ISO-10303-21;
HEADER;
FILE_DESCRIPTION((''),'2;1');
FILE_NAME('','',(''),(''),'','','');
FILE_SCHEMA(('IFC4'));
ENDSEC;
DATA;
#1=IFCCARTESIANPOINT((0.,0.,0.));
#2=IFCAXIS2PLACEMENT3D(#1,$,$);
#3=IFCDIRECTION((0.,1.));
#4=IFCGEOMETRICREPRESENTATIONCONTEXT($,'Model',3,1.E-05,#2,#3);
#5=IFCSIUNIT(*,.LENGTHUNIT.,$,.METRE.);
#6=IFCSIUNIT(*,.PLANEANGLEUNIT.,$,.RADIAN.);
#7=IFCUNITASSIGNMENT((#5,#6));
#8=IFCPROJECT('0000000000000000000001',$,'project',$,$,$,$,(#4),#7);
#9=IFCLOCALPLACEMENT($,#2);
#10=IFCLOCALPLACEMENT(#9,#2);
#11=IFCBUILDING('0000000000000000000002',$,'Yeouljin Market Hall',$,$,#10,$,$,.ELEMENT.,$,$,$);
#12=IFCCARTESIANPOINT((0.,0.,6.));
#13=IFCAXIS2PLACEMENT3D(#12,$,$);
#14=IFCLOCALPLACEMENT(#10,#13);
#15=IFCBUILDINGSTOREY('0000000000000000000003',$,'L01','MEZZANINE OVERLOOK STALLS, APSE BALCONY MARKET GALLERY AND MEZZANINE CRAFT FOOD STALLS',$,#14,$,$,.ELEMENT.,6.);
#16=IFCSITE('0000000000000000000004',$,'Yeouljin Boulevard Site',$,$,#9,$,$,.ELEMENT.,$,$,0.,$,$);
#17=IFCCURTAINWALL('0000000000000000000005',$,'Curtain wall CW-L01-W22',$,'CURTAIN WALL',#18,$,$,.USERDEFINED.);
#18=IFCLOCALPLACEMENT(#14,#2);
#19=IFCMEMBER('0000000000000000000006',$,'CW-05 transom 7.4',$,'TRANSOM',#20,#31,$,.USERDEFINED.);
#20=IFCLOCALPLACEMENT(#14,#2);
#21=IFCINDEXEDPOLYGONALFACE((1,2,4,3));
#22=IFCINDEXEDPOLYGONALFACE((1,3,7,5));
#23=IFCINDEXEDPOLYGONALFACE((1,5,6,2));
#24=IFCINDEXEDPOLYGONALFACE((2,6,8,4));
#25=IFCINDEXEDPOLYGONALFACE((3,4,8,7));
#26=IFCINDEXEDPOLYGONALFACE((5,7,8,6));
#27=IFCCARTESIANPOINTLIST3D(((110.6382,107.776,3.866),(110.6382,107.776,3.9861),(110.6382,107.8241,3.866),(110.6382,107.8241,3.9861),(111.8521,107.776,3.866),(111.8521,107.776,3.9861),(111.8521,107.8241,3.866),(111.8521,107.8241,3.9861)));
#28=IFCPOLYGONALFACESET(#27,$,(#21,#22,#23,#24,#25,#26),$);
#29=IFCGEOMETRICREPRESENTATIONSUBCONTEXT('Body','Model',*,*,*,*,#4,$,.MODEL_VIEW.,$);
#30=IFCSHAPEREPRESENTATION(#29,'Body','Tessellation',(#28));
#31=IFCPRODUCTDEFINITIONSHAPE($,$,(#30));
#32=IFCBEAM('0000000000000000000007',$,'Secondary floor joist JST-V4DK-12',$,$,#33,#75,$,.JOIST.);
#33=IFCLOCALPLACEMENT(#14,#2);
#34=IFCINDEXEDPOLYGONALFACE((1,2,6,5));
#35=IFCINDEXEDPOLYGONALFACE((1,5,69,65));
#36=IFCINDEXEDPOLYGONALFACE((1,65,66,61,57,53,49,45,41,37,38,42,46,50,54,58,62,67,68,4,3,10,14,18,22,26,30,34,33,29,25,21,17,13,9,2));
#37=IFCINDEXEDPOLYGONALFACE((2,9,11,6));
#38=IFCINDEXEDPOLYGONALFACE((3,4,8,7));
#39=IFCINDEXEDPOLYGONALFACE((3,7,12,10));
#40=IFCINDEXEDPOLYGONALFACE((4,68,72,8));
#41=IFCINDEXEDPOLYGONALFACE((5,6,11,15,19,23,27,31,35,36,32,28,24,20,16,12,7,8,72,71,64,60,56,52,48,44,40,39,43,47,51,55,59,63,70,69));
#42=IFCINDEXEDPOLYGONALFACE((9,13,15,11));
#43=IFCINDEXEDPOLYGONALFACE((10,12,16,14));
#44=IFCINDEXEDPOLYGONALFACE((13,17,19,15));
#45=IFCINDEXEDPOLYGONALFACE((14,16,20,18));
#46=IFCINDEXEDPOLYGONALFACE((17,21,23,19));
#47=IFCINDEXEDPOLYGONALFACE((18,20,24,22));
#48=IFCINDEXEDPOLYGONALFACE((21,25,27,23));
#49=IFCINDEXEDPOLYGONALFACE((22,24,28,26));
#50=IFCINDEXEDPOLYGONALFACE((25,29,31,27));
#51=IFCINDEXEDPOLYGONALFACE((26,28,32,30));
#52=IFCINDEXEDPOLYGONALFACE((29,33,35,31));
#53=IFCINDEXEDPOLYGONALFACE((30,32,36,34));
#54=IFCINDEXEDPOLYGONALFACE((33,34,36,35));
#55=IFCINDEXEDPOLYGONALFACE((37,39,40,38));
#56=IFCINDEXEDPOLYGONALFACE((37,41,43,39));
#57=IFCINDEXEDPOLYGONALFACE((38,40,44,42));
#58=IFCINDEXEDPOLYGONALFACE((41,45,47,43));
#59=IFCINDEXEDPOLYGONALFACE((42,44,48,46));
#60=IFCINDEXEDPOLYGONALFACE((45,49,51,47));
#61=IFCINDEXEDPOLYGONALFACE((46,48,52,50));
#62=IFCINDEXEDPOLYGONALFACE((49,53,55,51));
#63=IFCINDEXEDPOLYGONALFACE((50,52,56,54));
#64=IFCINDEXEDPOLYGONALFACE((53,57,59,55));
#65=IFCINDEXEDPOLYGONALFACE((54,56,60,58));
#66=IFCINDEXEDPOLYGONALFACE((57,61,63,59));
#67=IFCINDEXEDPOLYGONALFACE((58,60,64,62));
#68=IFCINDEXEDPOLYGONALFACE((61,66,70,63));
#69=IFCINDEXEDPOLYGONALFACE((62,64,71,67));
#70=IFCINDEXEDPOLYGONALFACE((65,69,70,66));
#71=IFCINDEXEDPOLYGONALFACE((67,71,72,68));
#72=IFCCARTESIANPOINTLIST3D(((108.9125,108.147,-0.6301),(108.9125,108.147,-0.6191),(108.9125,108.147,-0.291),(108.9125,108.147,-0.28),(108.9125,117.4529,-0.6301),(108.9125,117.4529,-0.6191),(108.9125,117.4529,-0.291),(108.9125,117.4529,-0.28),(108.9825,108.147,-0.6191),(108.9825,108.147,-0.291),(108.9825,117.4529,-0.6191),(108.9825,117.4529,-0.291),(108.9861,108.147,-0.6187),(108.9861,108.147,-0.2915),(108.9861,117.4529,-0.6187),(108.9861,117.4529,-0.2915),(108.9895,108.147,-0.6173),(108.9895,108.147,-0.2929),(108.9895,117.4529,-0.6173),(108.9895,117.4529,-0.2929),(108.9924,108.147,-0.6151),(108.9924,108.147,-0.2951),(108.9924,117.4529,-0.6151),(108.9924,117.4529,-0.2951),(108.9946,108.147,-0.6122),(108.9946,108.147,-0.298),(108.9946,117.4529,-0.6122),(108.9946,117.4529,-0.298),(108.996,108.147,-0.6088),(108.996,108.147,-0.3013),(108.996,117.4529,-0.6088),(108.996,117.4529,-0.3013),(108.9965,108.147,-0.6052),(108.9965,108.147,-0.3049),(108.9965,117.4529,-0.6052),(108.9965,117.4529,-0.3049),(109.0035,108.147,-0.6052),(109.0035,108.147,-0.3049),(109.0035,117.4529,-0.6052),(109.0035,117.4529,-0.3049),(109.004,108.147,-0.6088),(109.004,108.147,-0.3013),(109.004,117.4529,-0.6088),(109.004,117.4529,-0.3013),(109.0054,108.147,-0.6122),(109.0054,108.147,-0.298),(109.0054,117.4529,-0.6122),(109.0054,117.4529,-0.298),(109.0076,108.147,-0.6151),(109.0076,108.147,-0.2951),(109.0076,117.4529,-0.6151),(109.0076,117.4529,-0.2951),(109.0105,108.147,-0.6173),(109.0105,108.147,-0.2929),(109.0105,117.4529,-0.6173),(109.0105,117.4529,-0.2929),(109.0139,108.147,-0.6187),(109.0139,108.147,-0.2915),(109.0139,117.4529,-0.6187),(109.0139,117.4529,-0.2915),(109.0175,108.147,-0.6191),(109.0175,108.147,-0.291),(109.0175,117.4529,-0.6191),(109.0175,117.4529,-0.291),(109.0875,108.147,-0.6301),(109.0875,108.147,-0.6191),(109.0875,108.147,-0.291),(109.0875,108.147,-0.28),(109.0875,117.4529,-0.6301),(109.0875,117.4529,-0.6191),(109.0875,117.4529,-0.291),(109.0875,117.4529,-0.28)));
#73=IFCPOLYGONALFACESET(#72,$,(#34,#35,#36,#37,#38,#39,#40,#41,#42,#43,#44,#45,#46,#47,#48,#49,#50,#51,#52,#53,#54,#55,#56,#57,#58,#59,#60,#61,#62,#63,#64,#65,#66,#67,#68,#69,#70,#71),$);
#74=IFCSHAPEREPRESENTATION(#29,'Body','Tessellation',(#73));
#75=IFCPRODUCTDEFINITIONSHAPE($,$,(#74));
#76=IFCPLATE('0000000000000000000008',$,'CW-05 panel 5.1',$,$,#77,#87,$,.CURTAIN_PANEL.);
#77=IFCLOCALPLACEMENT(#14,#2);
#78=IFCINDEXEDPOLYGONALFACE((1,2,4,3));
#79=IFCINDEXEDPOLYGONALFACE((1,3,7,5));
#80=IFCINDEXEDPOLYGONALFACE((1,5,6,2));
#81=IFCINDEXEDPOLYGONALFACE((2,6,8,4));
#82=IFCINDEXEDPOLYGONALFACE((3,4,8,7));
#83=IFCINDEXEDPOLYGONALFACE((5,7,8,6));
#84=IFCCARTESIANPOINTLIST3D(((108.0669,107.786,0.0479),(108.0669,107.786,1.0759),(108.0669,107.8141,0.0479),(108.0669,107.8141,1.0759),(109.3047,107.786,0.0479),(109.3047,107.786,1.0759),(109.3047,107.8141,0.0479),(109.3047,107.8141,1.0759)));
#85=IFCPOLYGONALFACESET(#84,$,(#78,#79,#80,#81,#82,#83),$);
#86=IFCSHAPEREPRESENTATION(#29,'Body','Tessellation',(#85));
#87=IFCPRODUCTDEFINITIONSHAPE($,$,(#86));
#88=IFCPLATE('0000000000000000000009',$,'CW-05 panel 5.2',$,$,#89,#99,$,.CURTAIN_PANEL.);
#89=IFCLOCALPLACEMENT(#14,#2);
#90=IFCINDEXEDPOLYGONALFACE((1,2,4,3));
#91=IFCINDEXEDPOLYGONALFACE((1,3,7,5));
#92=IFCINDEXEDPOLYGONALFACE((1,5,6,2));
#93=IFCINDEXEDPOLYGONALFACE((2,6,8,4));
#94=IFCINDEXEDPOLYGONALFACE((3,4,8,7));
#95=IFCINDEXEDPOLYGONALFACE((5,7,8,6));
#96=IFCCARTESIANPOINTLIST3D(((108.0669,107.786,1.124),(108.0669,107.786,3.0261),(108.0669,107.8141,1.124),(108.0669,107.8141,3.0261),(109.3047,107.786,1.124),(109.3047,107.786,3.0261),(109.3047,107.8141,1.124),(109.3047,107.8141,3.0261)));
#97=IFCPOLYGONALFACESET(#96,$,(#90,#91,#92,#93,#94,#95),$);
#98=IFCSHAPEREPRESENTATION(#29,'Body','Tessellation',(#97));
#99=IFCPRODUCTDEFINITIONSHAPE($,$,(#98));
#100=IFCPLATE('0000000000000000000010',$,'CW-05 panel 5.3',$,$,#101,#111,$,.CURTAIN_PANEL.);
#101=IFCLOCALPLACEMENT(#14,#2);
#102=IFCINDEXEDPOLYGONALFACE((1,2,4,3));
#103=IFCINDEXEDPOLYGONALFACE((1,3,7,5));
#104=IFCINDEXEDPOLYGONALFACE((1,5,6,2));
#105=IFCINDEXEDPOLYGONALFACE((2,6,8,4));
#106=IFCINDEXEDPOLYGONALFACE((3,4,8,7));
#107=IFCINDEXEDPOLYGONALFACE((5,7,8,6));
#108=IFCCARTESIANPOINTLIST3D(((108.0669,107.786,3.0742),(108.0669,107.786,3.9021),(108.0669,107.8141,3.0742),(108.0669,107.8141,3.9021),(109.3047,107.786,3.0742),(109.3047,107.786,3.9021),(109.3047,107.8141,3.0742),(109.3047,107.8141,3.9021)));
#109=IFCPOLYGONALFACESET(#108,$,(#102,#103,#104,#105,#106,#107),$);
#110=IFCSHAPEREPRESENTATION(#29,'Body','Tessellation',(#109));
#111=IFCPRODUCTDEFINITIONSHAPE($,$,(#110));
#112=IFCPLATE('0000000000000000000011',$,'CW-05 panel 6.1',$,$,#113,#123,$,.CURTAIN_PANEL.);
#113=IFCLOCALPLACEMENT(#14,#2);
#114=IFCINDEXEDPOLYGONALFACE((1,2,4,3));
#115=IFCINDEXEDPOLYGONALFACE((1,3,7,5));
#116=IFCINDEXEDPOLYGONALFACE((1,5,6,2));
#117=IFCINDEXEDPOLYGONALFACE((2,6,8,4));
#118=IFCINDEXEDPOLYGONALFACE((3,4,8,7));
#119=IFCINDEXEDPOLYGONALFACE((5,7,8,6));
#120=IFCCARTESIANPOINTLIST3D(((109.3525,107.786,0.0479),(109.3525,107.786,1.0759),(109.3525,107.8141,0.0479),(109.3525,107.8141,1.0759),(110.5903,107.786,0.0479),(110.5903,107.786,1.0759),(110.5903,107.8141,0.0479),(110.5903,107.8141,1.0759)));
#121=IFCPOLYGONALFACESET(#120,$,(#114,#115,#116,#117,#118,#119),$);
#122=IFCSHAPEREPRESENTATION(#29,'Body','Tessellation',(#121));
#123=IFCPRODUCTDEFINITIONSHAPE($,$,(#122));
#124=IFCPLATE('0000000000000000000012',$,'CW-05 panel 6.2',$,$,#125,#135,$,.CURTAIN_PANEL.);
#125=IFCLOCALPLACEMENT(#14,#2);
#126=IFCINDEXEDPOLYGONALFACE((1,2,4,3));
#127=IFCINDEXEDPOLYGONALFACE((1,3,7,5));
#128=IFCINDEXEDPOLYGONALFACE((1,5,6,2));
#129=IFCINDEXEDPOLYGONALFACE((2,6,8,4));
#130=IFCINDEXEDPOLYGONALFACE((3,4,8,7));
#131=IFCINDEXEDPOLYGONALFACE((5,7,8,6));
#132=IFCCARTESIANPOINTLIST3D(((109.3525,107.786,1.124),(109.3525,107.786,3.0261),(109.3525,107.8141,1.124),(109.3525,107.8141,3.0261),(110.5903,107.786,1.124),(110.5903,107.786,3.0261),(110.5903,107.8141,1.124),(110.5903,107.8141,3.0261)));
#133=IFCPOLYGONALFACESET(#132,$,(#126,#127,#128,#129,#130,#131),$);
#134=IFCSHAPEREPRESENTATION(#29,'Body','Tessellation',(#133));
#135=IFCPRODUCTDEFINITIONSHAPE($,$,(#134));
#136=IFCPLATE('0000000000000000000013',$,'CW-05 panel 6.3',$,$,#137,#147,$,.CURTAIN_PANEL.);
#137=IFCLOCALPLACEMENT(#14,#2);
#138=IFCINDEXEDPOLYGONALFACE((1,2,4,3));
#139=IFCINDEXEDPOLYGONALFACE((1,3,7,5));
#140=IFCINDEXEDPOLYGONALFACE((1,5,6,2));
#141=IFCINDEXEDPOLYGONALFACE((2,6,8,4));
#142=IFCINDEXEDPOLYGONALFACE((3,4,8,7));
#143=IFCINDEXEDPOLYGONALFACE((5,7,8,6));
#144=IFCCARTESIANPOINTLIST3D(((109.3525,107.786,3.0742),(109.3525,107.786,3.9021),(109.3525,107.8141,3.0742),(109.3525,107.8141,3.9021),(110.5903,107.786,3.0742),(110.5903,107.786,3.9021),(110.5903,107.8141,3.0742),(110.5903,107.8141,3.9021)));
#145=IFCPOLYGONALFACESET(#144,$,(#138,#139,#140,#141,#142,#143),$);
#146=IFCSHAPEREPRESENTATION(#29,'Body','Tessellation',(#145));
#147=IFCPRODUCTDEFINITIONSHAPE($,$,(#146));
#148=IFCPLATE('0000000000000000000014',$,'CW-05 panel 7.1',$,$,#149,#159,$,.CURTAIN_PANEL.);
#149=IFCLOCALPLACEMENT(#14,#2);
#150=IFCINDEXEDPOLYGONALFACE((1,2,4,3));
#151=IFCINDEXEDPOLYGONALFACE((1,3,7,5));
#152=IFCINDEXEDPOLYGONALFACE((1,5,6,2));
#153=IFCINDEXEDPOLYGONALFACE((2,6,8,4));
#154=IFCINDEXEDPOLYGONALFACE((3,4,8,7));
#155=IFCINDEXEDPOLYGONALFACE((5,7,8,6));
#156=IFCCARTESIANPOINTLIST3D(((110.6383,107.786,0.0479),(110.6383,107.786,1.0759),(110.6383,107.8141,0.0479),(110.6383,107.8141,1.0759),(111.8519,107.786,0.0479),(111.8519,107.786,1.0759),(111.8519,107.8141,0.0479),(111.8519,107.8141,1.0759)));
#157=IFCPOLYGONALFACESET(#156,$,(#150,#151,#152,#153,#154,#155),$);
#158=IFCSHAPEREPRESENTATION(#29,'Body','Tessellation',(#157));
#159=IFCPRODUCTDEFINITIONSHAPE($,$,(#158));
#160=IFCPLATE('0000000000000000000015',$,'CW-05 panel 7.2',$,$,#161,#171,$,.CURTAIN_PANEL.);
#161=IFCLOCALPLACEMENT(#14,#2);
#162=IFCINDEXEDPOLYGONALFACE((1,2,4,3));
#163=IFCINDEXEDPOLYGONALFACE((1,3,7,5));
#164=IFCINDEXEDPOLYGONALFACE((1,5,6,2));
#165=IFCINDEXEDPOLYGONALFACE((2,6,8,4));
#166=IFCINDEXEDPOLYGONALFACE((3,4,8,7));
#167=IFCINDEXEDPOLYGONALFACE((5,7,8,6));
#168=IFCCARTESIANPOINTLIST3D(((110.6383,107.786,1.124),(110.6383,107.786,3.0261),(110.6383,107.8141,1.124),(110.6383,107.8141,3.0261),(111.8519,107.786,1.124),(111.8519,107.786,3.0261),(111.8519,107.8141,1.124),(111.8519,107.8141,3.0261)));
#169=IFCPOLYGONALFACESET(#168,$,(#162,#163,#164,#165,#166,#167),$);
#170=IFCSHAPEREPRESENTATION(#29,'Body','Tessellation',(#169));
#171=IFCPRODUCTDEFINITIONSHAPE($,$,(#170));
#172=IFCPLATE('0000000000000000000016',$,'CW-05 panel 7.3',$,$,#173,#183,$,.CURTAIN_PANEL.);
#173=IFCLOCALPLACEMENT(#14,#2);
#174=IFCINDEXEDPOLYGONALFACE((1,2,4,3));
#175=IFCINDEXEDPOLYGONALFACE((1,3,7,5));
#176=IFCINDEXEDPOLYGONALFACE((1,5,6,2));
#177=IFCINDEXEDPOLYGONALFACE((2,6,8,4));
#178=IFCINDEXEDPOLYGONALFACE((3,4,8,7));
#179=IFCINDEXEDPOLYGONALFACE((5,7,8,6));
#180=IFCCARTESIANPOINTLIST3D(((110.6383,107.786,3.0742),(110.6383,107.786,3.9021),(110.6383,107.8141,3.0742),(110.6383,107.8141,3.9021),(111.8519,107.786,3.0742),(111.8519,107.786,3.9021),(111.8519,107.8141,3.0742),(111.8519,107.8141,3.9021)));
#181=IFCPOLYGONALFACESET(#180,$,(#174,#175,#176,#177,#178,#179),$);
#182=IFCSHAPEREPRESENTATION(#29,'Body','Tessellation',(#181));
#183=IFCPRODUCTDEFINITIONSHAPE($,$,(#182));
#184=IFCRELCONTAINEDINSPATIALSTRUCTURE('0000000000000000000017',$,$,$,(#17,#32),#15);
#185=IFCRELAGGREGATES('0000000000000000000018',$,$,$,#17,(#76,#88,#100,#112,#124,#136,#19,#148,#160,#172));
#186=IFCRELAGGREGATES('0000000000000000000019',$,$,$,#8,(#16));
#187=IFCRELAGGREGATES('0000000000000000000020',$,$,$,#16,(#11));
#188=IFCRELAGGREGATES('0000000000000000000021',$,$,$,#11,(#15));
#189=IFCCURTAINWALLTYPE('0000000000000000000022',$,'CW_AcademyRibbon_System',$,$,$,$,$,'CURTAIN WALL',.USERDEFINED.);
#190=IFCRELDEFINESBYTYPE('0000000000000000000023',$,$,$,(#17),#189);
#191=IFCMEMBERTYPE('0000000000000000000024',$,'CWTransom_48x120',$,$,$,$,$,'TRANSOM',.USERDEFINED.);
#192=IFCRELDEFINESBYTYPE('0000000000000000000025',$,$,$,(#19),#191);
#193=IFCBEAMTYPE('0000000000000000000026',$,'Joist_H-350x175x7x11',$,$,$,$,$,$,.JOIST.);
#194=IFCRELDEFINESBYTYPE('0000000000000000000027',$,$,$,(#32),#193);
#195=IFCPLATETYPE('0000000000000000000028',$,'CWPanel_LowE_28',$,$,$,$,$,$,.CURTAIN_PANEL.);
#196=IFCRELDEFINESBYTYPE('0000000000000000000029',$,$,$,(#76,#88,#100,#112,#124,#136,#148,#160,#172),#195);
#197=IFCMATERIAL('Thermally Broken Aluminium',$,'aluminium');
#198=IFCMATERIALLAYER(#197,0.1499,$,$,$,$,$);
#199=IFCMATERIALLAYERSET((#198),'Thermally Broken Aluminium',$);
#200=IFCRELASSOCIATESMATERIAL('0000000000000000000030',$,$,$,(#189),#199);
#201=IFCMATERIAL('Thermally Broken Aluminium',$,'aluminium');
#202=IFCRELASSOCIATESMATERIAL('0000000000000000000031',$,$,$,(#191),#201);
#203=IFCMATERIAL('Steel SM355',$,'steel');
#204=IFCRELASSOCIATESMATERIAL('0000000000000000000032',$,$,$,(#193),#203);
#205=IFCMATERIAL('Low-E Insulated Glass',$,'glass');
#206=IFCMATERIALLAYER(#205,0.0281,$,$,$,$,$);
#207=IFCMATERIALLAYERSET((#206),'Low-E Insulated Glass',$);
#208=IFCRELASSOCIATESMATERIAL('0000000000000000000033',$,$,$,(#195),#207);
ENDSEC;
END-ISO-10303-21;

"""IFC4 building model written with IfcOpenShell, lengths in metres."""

from ifc_helpers import new_model, si_unit, direction, frame, origin, origin_2d, place, context, subcontext, project, spatial, rectangle, i_section, extrude, material, layer, layer_set, material_profile, profile_set, type_object, element, aggregate, save


model = new_model("IFC4")

# Units and contexts
model_context = context("Model", 3, precision=1e-05, world=origin(), true_north=direction((0.0, 1.0)))
body_context = subcontext(model_context, "Body", "Model", "MODEL_VIEW")
ifc_project = project(units=[si_unit("LENGTHUNIT", "METRE"), si_unit("PLANEANGLEUNIT", "RADIAN")], contexts=[model_context])

# Site, building, storey
site_placement = place(None, origin())
site = spatial("IfcSite", under=ifc_project, at=site_placement, Name="Yeouljin Boulevard Site", CompositionType="ELEMENT", RefElevation=0.0)
building_placement = place(site_placement, origin())
building = spatial("IfcBuilding", under=site, at=building_placement, Name="Yeouljin Market Hall", CompositionType="ELEMENT")
storey_placement = place(building_placement, frame((0.0, 0.0, 6.0)))
storey = spatial("IfcBuildingStorey", under=building, at=storey_placement, Name="L01", Description="MEZZANINE OVERLOOK STALLS, APSE BALCONY MARKET GALLERY AND MEZZANINE CRAFT FOOD STALLS", CompositionType="ELEMENT", Elevation=6.0)

# Curtain wall, member
ifc_material_1 = material(Name="Thermally Broken Aluminium", Category="aluminium")
ifc_layer_1 = layer(ifc_material_1, 0.1499)
ifc_layer_set_1 = layer_set([ifc_layer_1], Name="Thermally Broken Aluminium")
curtain_wall_type = type_object("IfcCurtainWallType", Name="CW_AcademyRibbon_System", ElementType="CURTAIN WALL", PredefinedType="USERDEFINED", material=ifc_layer_set_1)
curtain_wall_placement = place(storey_placement, origin())
curtain_wall = element("IfcCurtainWall", 1, at=curtain_wall_placement, inside=storey, type_object=curtain_wall_type, Name="Curtain wall CW-L01-W22", ObjectType="CURTAIN WALL", PredefinedType="USERDEFINED")
ifc_material_2 = material(Name="Thermally Broken Aluminium", Category="aluminium")
ifc_material_profile_1 = material_profile(ifc_material_2, rectangle(XDim=0.0481, YDim=0.1201, at=origin_2d()), Name="CW-TRAN-48x120")
ifc_profile_set_1 = profile_set([ifc_material_profile_1], Name="Thermally Broken Aluminium")
member_type_1 = type_object("IfcMemberType", Name="CWTransom_48x120", ElementType="TRANSOM", PredefinedType="USERDEFINED", material=ifc_profile_set_1)
member_1_placement = place(storey_placement, frame((110.6382, 107.8, 3.926), z_axis=(1.0, 0.0, 0.0), x_axis=(0.0, 1.0, 0.0)))
member_1 = element("IfcMember", 2, at=member_1_placement, type_object=member_type_1, Name="CW-05 transom 7.4", ObjectType="TRANSOM", PredefinedType="USERDEFINED", context=body_context, shape_type="SweptSolid", body=[
    extrude(rectangle(XDim=0.0481, YDim=0.1201, at=origin_2d()), origin(), (0.0, 0.0, 1.0), 1.2139),
])

# Beam
ifc_material_3 = material(Name="Steel SM355", Category="steel")
ifc_material_profile_2 = material_profile(ifc_material_3, i_section(OverallWidth=0.175, OverallDepth=0.3501, WebThickness=0.0071, FlangeThickness=0.011, FilletRadius=0.0139, at=origin_2d()), Name="H-350x175x7x11")
ifc_profile_set_2 = profile_set([ifc_material_profile_2], Name="Steel SM355")
beam_type = type_object("IfcBeamType", Name="Joist_H-350x175x7x11", PredefinedType="JOIST", material=ifc_profile_set_2)
beam_placement = place(storey_placement, frame((109.0, 108.147, -0.4551), z_axis=(0.0, 1.0, 0.0), x_axis=(-1.0, 0.0, 0.0)))
element("IfcBeam", 3, at=beam_placement, inside=storey, type_object=beam_type, Name="Secondary floor joist JST-V4DK-12", PredefinedType="JOIST", context=body_context, shape_type="SweptSolid", body=[
    extrude(i_section(OverallWidth=0.175, OverallDepth=0.3501, WebThickness=0.0071, FlangeThickness=0.011, FilletRadius=0.0139, at=origin_2d()), origin(), (0.0, 0.0, 1.0), 9.3059),
])

# Plates
ifc_material_4 = material(Name="Low-E Insulated Glass", Category="glass")
ifc_layer_2 = layer(ifc_material_4, 0.0281)
ifc_layer_set_2 = layer_set([ifc_layer_2], Name="Low-E Insulated Glass")
plate_type = type_object("IfcPlateType", Name="CWPanel_LowE_28", PredefinedType="CURTAIN_PANEL", material=ifc_layer_set_2)
plate_1_placement = place(storey_placement, frame((108.6858, 107.8, 0.0479), z_axis=(0.0, 0.0, 1.0), x_axis=(1.0, 0.0, 0.0)))
plate_1 = element("IfcPlate", 4, at=plate_1_placement, type_object=plate_type, Name="CW-05 panel 5.1", PredefinedType="CURTAIN_PANEL", context=body_context, shape_type="SweptSolid", body=[
    extrude(rectangle(XDim=1.2378, YDim=0.0281, at=origin_2d()), origin(), (0.0, 0.0, 1.0), 1.0281),
])
plate_2_placement = place(storey_placement, frame((108.6858, 107.8, 1.124), z_axis=(0.0, 0.0, 1.0), x_axis=(1.0, 0.0, 0.0)))
plate_2 = element("IfcPlate", 5, at=plate_2_placement, type_object=plate_type, Name="CW-05 panel 5.2", PredefinedType="CURTAIN_PANEL", context=body_context, shape_type="SweptSolid", body=[
    extrude(rectangle(XDim=1.2378, YDim=0.0281, at=origin_2d()), origin(), (0.0, 0.0, 1.0), 1.9021),
])
plate_3_placement = place(storey_placement, frame((108.6858, 107.8, 3.0742), z_axis=(0.0, 0.0, 1.0), x_axis=(1.0, 0.0, 0.0)))
plate_3 = element("IfcPlate", 6, at=plate_3_placement, type_object=plate_type, Name="CW-05 panel 5.3", PredefinedType="CURTAIN_PANEL", context=body_context, shape_type="SweptSolid", body=[
    extrude(rectangle(XDim=1.2378, YDim=0.0281, at=origin_2d()), origin(), (0.0, 0.0, 1.0), 0.8279),
])
plate_4_placement = place(storey_placement, frame((109.9714, 107.8, 0.0479), z_axis=(0.0, 0.0, 1.0), x_axis=(1.0, 0.0, 0.0)))
plate_4 = element("IfcPlate", 7, at=plate_4_placement, type_object=plate_type, Name="CW-05 panel 6.1", PredefinedType="CURTAIN_PANEL", context=body_context, shape_type="SweptSolid", body=[
    extrude(rectangle(XDim=1.2378, YDim=0.0281, at=origin_2d()), origin(), (0.0, 0.0, 1.0), 1.0281),
])
plate_5_placement = place(storey_placement, frame((109.9714, 107.8, 1.124), z_axis=(0.0, 0.0, 1.0), x_axis=(1.0, 0.0, 0.0)))
plate_5 = element("IfcPlate", 8, at=plate_5_placement, type_object=plate_type, Name="CW-05 panel 6.2", PredefinedType="CURTAIN_PANEL", context=body_context, shape_type="SweptSolid", body=[
    extrude(rectangle(XDim=1.2378, YDim=0.0281, at=origin_2d()), origin(), (0.0, 0.0, 1.0), 1.9021),
])
plate_6_placement = place(storey_placement, frame((109.9714, 107.8, 3.0742), z_axis=(0.0, 0.0, 1.0), x_axis=(1.0, 0.0, 0.0)))
plate_6 = element("IfcPlate", 9, at=plate_6_placement, type_object=plate_type, Name="CW-05 panel 6.3", PredefinedType="CURTAIN_PANEL", context=body_context, shape_type="SweptSolid", body=[
    extrude(rectangle(XDim=1.2378, YDim=0.0281, at=origin_2d()), origin(), (0.0, 0.0, 1.0), 0.8279),
])
plate_7_placement = place(storey_placement, frame((111.2451, 107.8, 0.0479), z_axis=(0.0, 0.0, 1.0), x_axis=(1.0, 0.0, 0.0)))
plate_7 = element("IfcPlate", 10, at=plate_7_placement, type_object=plate_type, Name="CW-05 panel 7.1", PredefinedType="CURTAIN_PANEL", context=body_context, shape_type="SweptSolid", body=[
    extrude(rectangle(XDim=1.2136, YDim=0.0281, at=origin_2d()), origin(), (0.0, 0.0, 1.0), 1.0281),
])
plate_8_placement = place(storey_placement, frame((111.2451, 107.8, 1.124), z_axis=(0.0, 0.0, 1.0), x_axis=(1.0, 0.0, 0.0)))
plate_8 = element("IfcPlate", 11, at=plate_8_placement, type_object=plate_type, Name="CW-05 panel 7.2", PredefinedType="CURTAIN_PANEL", context=body_context, shape_type="SweptSolid", body=[
    extrude(rectangle(XDim=1.2136, YDim=0.0281, at=origin_2d()), origin(), (0.0, 0.0, 1.0), 1.9021),
])
plate_9_placement = place(storey_placement, frame((111.2451, 107.8, 3.0742), z_axis=(0.0, 0.0, 1.0), x_axis=(1.0, 0.0, 0.0)))
plate_9 = element("IfcPlate", 12, at=plate_9_placement, type_object=plate_type, Name="CW-05 panel 7.3", PredefinedType="CURTAIN_PANEL", context=body_context, shape_type="SweptSolid", body=[
    extrude(rectangle(XDim=1.2136, YDim=0.0281, at=origin_2d()), origin(), (0.0, 0.0, 1.0), 0.8279),
])
aggregate(curtain_wall, [plate_1, plate_2, plate_3, plate_4, plate_5, plate_6, member_1, plate_7, plate_8, plate_9])

save(model, "model.ifc")
